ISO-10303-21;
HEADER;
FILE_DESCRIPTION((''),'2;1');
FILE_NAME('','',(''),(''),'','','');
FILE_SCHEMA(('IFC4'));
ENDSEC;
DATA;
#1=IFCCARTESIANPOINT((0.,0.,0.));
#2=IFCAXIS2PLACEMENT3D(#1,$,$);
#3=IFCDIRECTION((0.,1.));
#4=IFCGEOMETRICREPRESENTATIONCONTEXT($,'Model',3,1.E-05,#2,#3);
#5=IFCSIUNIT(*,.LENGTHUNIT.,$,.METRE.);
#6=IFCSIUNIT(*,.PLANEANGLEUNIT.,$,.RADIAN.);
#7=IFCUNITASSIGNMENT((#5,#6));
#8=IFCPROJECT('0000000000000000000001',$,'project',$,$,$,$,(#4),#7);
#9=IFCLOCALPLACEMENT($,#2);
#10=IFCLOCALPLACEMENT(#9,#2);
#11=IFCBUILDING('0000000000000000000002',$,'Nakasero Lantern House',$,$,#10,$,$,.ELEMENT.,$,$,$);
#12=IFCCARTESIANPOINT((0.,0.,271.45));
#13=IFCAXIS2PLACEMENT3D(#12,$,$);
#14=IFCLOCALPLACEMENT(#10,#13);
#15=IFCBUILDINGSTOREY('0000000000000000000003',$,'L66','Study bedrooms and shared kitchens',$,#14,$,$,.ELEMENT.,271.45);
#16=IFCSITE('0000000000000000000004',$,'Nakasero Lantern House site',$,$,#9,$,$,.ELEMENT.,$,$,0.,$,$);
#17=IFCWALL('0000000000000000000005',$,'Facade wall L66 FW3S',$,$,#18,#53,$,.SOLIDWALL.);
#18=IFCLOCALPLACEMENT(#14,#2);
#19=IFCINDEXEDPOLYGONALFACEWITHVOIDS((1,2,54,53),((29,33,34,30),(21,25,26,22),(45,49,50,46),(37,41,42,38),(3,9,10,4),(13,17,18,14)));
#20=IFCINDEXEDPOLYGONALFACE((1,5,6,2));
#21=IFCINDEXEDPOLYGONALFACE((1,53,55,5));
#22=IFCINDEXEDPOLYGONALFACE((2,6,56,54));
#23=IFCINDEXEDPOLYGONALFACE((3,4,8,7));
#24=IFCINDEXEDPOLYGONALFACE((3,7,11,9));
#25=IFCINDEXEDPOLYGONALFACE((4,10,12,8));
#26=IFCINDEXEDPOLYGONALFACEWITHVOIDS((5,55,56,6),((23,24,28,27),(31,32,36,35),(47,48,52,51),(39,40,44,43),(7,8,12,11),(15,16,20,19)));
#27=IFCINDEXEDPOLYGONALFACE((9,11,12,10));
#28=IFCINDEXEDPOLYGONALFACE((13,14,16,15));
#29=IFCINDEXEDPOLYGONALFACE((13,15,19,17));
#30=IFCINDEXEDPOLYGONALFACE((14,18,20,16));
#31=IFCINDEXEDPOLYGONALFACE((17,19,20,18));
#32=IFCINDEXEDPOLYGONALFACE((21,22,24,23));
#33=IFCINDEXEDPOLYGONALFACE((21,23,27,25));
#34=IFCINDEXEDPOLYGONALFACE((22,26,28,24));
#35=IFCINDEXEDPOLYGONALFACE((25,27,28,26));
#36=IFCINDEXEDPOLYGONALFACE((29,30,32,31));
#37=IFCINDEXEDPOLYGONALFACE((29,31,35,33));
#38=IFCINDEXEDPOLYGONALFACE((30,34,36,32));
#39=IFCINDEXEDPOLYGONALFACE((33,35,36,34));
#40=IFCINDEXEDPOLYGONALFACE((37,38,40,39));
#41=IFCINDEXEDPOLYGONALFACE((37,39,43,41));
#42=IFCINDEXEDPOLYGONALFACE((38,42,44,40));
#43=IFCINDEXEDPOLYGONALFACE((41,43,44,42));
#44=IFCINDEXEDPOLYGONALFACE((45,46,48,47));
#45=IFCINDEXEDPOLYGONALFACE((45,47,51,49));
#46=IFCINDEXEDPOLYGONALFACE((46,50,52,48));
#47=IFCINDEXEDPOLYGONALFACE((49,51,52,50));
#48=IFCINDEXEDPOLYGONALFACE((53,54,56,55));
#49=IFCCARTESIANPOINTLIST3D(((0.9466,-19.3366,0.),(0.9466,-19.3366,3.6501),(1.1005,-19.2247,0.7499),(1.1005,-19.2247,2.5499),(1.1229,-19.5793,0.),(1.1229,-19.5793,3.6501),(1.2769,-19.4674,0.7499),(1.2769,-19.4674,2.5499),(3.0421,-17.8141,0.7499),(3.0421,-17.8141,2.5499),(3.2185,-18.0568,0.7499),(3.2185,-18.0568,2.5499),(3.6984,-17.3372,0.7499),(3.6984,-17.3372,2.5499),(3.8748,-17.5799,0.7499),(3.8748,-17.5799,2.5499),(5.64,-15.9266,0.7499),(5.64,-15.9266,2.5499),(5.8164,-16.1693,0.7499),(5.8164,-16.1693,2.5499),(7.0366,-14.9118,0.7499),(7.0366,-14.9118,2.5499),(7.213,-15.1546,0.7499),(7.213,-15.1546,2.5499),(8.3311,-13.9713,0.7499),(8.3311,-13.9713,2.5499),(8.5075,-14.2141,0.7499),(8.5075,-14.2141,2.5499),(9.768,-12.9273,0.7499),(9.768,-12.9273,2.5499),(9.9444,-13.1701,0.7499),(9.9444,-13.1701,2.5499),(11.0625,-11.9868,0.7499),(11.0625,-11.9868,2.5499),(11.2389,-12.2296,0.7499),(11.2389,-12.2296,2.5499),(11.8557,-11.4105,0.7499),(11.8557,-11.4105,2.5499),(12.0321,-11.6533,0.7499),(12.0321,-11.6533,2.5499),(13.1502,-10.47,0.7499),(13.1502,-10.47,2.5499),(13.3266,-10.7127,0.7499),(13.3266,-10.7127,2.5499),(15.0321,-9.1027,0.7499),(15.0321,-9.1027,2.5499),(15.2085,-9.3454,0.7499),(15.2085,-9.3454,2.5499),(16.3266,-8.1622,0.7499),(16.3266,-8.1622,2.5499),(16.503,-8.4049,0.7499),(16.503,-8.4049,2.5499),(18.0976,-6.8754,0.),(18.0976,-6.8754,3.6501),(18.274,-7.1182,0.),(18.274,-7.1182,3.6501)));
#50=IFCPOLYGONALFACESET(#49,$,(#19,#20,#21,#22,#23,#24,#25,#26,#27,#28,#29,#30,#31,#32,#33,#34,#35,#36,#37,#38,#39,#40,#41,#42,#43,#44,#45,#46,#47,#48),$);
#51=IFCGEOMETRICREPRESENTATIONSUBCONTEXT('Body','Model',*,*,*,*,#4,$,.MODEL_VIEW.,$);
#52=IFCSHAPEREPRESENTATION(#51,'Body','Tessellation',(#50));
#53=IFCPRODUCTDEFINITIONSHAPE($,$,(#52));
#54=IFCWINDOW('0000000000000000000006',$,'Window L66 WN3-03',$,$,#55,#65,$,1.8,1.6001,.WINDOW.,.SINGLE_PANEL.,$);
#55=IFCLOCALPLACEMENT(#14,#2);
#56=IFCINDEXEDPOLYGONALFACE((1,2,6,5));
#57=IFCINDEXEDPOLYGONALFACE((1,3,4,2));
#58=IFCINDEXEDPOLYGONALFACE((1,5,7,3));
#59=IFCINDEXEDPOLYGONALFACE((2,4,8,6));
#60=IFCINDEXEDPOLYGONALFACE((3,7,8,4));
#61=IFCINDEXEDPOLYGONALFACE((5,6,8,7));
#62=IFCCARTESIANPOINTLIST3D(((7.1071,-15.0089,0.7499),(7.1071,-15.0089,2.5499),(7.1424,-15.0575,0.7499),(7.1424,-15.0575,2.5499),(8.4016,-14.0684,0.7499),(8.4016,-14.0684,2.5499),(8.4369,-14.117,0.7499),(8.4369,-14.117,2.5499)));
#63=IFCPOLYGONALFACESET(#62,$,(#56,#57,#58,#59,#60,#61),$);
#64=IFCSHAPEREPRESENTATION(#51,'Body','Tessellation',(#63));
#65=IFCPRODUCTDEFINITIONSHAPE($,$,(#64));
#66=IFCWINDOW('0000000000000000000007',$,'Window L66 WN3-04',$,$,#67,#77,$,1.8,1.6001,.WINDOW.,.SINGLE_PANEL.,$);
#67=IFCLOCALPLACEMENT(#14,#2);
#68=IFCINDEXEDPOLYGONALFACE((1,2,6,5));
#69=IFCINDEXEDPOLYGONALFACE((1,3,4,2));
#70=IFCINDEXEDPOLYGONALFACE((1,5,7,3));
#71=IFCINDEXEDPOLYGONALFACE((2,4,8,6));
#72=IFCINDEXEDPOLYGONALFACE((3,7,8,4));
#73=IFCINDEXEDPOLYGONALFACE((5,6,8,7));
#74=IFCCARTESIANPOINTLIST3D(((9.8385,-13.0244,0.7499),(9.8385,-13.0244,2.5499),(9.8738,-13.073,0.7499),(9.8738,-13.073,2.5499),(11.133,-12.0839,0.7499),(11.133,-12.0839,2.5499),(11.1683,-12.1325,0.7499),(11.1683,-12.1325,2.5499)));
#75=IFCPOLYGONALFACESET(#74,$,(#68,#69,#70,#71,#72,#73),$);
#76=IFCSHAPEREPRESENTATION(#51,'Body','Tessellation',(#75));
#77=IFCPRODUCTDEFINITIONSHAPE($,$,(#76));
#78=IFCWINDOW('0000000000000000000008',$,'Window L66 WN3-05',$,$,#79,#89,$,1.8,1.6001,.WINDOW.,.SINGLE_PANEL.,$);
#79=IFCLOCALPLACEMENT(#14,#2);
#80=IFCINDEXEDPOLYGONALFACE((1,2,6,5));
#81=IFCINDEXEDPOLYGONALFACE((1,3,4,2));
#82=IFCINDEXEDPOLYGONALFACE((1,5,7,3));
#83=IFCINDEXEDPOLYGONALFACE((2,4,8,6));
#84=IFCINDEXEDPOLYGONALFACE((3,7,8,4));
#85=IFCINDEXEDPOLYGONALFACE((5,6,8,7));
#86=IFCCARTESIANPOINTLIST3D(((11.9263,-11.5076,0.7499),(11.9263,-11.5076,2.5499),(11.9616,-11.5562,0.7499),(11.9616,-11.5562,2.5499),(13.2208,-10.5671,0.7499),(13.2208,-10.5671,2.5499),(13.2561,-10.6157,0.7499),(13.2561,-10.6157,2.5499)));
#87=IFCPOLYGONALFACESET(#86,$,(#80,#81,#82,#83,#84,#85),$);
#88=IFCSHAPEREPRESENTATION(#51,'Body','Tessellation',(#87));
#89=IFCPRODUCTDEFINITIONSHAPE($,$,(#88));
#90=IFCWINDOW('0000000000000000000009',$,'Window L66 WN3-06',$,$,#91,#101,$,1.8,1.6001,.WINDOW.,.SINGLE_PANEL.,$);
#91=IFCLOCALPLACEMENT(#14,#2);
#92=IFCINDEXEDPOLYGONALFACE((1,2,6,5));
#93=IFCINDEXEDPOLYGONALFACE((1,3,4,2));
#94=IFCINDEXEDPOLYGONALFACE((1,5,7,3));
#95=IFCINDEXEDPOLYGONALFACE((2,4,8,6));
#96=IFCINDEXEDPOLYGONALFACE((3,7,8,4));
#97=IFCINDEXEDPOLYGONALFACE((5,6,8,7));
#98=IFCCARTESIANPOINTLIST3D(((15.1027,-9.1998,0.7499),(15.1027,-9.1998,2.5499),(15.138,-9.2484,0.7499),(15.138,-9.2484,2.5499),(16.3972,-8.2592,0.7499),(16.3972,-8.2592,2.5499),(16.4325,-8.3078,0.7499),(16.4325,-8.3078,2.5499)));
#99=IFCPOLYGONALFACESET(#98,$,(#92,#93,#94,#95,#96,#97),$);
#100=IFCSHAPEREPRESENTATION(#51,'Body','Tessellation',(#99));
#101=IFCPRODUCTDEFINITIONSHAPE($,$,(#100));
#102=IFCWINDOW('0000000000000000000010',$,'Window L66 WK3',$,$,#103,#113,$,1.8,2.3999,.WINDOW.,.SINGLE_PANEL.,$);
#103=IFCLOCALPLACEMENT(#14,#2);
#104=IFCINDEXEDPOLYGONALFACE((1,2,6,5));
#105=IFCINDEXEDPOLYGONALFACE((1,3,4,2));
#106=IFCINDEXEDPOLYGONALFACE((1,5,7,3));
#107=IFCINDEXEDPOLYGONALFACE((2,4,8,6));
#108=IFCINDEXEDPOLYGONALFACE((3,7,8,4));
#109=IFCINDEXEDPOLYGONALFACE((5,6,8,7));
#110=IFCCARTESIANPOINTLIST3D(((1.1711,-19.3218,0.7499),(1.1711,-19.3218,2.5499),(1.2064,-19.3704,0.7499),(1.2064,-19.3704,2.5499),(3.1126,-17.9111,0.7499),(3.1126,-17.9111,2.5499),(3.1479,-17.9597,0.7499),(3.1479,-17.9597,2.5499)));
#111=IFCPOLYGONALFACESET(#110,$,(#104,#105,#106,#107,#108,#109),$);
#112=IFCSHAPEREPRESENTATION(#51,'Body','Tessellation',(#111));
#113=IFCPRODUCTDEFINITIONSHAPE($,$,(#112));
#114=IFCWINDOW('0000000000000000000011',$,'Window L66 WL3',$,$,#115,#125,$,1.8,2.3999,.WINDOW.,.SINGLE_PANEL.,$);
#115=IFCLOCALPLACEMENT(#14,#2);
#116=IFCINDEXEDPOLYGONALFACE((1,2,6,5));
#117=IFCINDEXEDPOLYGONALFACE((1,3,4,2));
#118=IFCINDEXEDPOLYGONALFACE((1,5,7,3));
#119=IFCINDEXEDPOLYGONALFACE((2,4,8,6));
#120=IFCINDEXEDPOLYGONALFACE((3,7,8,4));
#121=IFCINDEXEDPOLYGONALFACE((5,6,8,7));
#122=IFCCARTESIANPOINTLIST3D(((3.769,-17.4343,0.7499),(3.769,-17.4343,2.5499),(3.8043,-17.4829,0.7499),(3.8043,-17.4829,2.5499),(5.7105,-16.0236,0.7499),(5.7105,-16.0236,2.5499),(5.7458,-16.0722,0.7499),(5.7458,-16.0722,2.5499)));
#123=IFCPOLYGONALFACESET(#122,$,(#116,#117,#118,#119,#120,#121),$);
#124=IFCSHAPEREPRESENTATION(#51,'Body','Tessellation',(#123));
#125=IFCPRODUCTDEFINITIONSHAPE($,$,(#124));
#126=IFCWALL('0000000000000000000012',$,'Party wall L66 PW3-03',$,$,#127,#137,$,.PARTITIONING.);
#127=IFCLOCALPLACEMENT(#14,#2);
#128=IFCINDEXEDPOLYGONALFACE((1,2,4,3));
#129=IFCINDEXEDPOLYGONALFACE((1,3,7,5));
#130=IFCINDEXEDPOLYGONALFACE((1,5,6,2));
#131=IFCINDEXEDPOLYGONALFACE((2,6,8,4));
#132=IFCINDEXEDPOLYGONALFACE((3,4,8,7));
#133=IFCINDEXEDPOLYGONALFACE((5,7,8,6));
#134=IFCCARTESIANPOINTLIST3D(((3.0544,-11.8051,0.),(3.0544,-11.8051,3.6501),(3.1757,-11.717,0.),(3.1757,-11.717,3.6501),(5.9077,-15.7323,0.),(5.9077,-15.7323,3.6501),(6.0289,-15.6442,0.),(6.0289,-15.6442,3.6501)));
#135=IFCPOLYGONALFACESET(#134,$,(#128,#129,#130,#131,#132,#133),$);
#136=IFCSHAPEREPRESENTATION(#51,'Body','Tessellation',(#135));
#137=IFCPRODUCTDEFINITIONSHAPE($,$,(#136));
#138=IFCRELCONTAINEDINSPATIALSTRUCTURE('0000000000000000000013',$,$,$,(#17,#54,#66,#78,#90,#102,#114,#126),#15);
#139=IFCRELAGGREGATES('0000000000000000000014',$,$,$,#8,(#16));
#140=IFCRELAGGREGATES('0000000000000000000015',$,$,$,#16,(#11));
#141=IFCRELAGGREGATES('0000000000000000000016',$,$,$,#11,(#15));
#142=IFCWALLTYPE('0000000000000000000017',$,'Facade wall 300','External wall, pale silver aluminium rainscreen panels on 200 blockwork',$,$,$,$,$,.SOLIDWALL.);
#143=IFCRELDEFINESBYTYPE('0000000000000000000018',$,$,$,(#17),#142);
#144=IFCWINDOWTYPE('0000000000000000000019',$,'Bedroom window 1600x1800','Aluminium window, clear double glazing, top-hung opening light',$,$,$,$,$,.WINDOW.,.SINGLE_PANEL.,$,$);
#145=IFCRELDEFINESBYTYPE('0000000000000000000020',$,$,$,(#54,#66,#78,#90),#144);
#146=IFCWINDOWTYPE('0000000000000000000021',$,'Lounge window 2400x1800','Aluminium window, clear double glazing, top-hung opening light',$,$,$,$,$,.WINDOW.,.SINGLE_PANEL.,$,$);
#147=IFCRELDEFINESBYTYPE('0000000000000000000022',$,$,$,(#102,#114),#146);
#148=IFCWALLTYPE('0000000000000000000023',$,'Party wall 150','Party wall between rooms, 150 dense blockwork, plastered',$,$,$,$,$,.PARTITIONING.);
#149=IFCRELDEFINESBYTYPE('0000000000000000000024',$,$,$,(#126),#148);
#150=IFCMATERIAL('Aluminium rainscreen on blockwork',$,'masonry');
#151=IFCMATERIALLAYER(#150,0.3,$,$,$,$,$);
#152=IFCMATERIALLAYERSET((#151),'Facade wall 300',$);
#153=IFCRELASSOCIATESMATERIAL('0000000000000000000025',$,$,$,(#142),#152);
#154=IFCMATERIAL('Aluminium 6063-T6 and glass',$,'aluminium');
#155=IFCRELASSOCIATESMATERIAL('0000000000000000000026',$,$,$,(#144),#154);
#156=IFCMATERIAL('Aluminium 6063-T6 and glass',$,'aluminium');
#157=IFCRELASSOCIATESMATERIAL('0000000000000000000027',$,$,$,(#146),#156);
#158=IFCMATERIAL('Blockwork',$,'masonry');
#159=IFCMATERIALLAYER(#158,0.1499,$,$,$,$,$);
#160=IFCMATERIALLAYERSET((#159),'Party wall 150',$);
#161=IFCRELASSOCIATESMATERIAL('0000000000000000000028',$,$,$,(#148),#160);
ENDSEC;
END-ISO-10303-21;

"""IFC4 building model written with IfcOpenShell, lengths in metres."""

from ifc_helpers import new_model, si_unit, direction, frame, frame_2d, origin, place, context, subcontext, project, spatial, rectangle, extrude, material, layer, layer_set, type_object, element, fill, save


model = new_model("IFC4")

# Units and contexts
model_context = context("Model", 3, precision=1e-05, world=origin(), true_north=direction((0.0, 1.0)))
body_context = subcontext(model_context, "Body", "Model", "MODEL_VIEW")
ifc_project = project(units=[si_unit("LENGTHUNIT", "METRE"), si_unit("PLANEANGLEUNIT", "RADIAN")], contexts=[model_context])

# Site, building, storey
site_placement = place(None, origin())
site = spatial("IfcSite", under=ifc_project, at=site_placement, Name="Nakasero Lantern House site", CompositionType="ELEMENT", RefElevation=0.0)
building_placement = place(site_placement, origin())
building = spatial("IfcBuilding", under=site, at=building_placement, Name="Nakasero Lantern House", CompositionType="ELEMENT")
storey_placement = place(building_placement, frame((0.0, 0.0, 271.45)))
storey = spatial("IfcBuildingStorey", under=building, at=storey_placement, Name="L66", Description="Study bedrooms and shared kitchens", CompositionType="ELEMENT", Elevation=271.45)

# Wall, openings, windows
ifc_material_1 = material(Name="Aluminium rainscreen on blockwork", Category="masonry")
ifc_layer_1 = layer(ifc_material_1, 0.3)
ifc_layer_set_1 = layer_set([ifc_layer_1], Name="Facade wall 300")
wall_type_1 = type_object("IfcWallType", Name="Facade wall 300", Description="External wall, pale silver aluminium rainscreen panels on 200 blockwork", PredefinedType="SOLIDWALL", material=ifc_layer_set_1)
wall_1_placement = place(storey_placement, frame((1.0347, -19.458, 0.0), z_axis=(0.0, 0.0, 1.0), x_axis=(0.809013, 0.58779, 0.0)))
wall_1 = element("IfcWall", 1, at=wall_1_placement, inside=storey, type_object=wall_type_1, Name="Facade wall L66 FW3S", PredefinedType="SOLIDWALL", context=body_context, shape_type="SweptSolid", body=[
    extrude(rectangle(XDim=21.2, YDim=0.3, at=frame_2d((10.6001, 0.0))), origin(), (0.0, 0.0, 1.0), 3.6501),
])
opening_1_placement = place(wall_1_placement, frame((7.5278, 0.0, 0.75)))
opening_1 = element("IfcOpeningElement", 2, at=opening_1_placement, cuts=wall_1, PredefinedType="OPENING", context=body_context, shape_type="SweptSolid", body=[
    extrude(rectangle(XDim=1.6001, YDim=1.8, at=frame_2d((0.8, 0.8999))), frame((0.0, 0.1699, 0.0), z_axis=(0.0, -1.0, 0.0), x_axis=(1.0, 0.0, 0.0)), (0.0, 0.0, 1.0), 0.3401),
])
opening_2_placement = place(wall_1_placement, frame((10.9041, 0.0, 0.75)))
opening_2 = element("IfcOpeningElement", 3, at=opening_2_placement, cuts=wall_1, PredefinedType="OPENING", context=body_context, shape_type="SweptSolid", body=[
    extrude(rectangle(XDim=1.6001, YDim=1.8, at=frame_2d((0.8, 0.8999))), frame((0.0, 0.1699, 0.0), z_axis=(0.0, -1.0, 0.0), x_axis=(1.0, 0.0, 0.0)), (0.0, 0.0, 1.0), 0.3401),
])
opening_3_placement = place(wall_1_placement, frame((13.4846, 0.0, 0.75)))
opening_3 = element("IfcOpeningElement", 4, at=opening_3_placement, cuts=wall_1, PredefinedType="OPENING", context=body_context, shape_type="SweptSolid", body=[
    extrude(rectangle(XDim=1.6001, YDim=1.8, at=frame_2d((0.8, 0.8999))), frame((0.0, 0.1699, 0.0), z_axis=(0.0, -1.0, 0.0), x_axis=(1.0, 0.0, 0.0)), (0.0, 0.0, 1.0), 0.3401),
])
opening_4_placement = place(wall_1_placement, frame((17.4109, 0.0, 0.75)))
opening_4 = element("IfcOpeningElement", 5, at=opening_4_placement, cuts=wall_1, PredefinedType="OPENING", context=body_context, shape_type="SweptSolid", body=[
    extrude(rectangle(XDim=1.6001, YDim=1.8, at=frame_2d((0.8, 0.8999))), frame((0.0, 0.1699, 0.0), z_axis=(0.0, -1.0, 0.0), x_axis=(1.0, 0.0, 0.0)), (0.0, 0.0, 1.0), 0.3401),
])
opening_5_placement = place(wall_1_placement, frame((0.1904, 0.0, 0.75)))
opening_5 = element("IfcOpeningElement", 6, at=opening_5_placement, cuts=wall_1, PredefinedType="OPENING", context=body_context, shape_type="SweptSolid", body=[
    extrude(rectangle(XDim=2.3999, YDim=1.8, at=frame_2d((1.2, 0.8999))), frame((0.0, 0.1699, 0.0), z_axis=(0.0, -1.0, 0.0), x_axis=(1.0, 0.0, 0.0)), (0.0, 0.0, 1.0), 0.3401),
])
opening_6_placement = place(wall_1_placement, frame((3.4016, 0.0, 0.75)))
opening_6 = element("IfcOpeningElement", 7, at=opening_6_placement, cuts=wall_1, PredefinedType="OPENING", context=body_context, shape_type="SweptSolid", body=[
    extrude(rectangle(XDim=2.3999, YDim=1.8, at=frame_2d((1.2, 0.8999))), frame((0.0, 0.1699, 0.0), z_axis=(0.0, -1.0, 0.0), x_axis=(1.0, 0.0, 0.0)), (0.0, 0.0, 1.0), 0.3401),
])
ifc_material_2 = material(Name="Aluminium 6063-T6 and glass", Category="aluminium")
window_type_1 = type_object("IfcWindowType", Name="Bedroom window 1600x1800", Description="Aluminium window, clear double glazing, top-hung opening light", PartitioningType="SINGLE_PANEL", PredefinedType="WINDOW", material=ifc_material_2)
window_1_placement = place(opening_1_placement, origin())
window_1 = element("IfcWindow", 8, at=window_1_placement, inside=storey, type_object=window_type_1, Name="Window L66 WN3-03", OverallHeight=1.8, OverallWidth=1.6001, PartitioningType="SINGLE_PANEL", PredefinedType="WINDOW", context=body_context, shape_type="SweptSolid", body=[
    extrude(rectangle(XDim=1.6001, YDim=1.8, at=frame_2d((0.8, 0.8999))), frame((0.0, 0.03, 0.0), z_axis=(0.0, -1.0, 0.0), x_axis=(1.0, 0.0, 0.0)), (0.0, 0.0, 1.0), 0.0601),
])
fill(opening_1, window_1)
window_2_placement = place(opening_2_placement, origin())
window_2 = element("IfcWindow", 9, at=window_2_placement, inside=storey, type_object=window_type_1, Name="Window L66 WN3-04", OverallHeight=1.8, OverallWidth=1.6001, PartitioningType="SINGLE_PANEL", PredefinedType="WINDOW", context=body_context, shape_type="SweptSolid", body=[
    extrude(rectangle(XDim=1.6001, YDim=1.8, at=frame_2d((0.8, 0.8999))), frame((0.0, 0.03, 0.0), z_axis=(0.0, -1.0, 0.0), x_axis=(1.0, 0.0, 0.0)), (0.0, 0.0, 1.0), 0.0601),
])
fill(opening_2, window_2)
window_3_placement = place(opening_3_placement, origin())
window_3 = element("IfcWindow", 10, at=window_3_placement, inside=storey, type_object=window_type_1, Name="Window L66 WN3-05", OverallHeight=1.8, OverallWidth=1.6001, PartitioningType="SINGLE_PANEL", PredefinedType="WINDOW", context=body_context, shape_type="SweptSolid", body=[
    extrude(rectangle(XDim=1.6001, YDim=1.8, at=frame_2d((0.8, 0.8999))), frame((0.0, 0.03, 0.0), z_axis=(0.0, -1.0, 0.0), x_axis=(1.0, 0.0, 0.0)), (0.0, 0.0, 1.0), 0.0601),
])
fill(opening_3, window_3)
window_4_placement = place(opening_4_placement, origin())
window_4 = element("IfcWindow", 11, at=window_4_placement, inside=storey, type_object=window_type_1, Name="Window L66 WN3-06", OverallHeight=1.8, OverallWidth=1.6001, PartitioningType="SINGLE_PANEL", PredefinedType="WINDOW", context=body_context, shape_type="SweptSolid", body=[
    extrude(rectangle(XDim=1.6001, YDim=1.8, at=frame_2d((0.8, 0.8999))), frame((0.0, 0.03, 0.0), z_axis=(0.0, -1.0, 0.0), x_axis=(1.0, 0.0, 0.0)), (0.0, 0.0, 1.0), 0.0601),
])
fill(opening_4, window_4)
ifc_material_3 = material(Name="Aluminium 6063-T6 and glass", Category="aluminium")
window_type_2 = type_object("IfcWindowType", Name="Lounge window 2400x1800", Description="Aluminium window, clear double glazing, top-hung opening light", PartitioningType="SINGLE_PANEL", PredefinedType="WINDOW", material=ifc_material_3)
window_5_placement = place(opening_5_placement, origin())
window_5 = element("IfcWindow", 12, at=window_5_placement, inside=storey, type_object=window_type_2, Name="Window L66 WK3", OverallHeight=1.8, OverallWidth=2.3999, PartitioningType="SINGLE_PANEL", PredefinedType="WINDOW", context=body_context, shape_type="SweptSolid", body=[
    extrude(rectangle(XDim=2.3999, YDim=1.8, at=frame_2d((1.2, 0.8999))), frame((0.0, 0.03, 0.0), z_axis=(0.0, -1.0, 0.0), x_axis=(1.0, 0.0, 0.0)), (0.0, 0.0, 1.0), 0.0601),
])
fill(opening_5, window_5)
window_6_placement = place(opening_6_placement, origin())
window_6 = element("IfcWindow", 13, at=window_6_placement, inside=storey, type_object=window_type_2, Name="Window L66 WL3", OverallHeight=1.8, OverallWidth=2.3999, PartitioningType="SINGLE_PANEL", PredefinedType="WINDOW", context=body_context, shape_type="SweptSolid", body=[
    extrude(rectangle(XDim=2.3999, YDim=1.8, at=frame_2d((1.2, 0.8999))), frame((0.0, 0.03, 0.0), z_axis=(0.0, -1.0, 0.0), x_axis=(1.0, 0.0, 0.0)), (0.0, 0.0, 1.0), 0.0601),
])
fill(opening_6, window_6)

# Wall
ifc_material_4 = material(Name="Blockwork", Category="masonry")
ifc_layer_2 = layer(ifc_material_4, 0.1499)
ifc_layer_set_2 = layer_set([ifc_layer_2], Name="Party wall 150")
wall_type_2 = type_object("IfcWallType", Name="Party wall 150", Description="Party wall between rooms, 150 dense blockwork, plastered", PredefinedType="PARTITIONING", material=ifc_layer_set_2)
wall_2_placement = place(storey_placement, frame((3.115, -11.761, 0.0), z_axis=(0.0, 0.0, 1.0), x_axis=(0.58778, -0.809021, 0.0)))
element("IfcWall", 14, at=wall_2_placement, inside=storey, type_object=wall_type_2, Name="Party wall L66 PW3-03", PredefinedType="PARTITIONING", context=body_context, shape_type="SweptSolid", body=[
    extrude(rectangle(XDim=4.8542, YDim=0.1499, at=frame_2d((2.4272, 0.0))), origin(), (0.0, 0.0, 1.0), 3.6501),
])

save(model, "model.ifc")
